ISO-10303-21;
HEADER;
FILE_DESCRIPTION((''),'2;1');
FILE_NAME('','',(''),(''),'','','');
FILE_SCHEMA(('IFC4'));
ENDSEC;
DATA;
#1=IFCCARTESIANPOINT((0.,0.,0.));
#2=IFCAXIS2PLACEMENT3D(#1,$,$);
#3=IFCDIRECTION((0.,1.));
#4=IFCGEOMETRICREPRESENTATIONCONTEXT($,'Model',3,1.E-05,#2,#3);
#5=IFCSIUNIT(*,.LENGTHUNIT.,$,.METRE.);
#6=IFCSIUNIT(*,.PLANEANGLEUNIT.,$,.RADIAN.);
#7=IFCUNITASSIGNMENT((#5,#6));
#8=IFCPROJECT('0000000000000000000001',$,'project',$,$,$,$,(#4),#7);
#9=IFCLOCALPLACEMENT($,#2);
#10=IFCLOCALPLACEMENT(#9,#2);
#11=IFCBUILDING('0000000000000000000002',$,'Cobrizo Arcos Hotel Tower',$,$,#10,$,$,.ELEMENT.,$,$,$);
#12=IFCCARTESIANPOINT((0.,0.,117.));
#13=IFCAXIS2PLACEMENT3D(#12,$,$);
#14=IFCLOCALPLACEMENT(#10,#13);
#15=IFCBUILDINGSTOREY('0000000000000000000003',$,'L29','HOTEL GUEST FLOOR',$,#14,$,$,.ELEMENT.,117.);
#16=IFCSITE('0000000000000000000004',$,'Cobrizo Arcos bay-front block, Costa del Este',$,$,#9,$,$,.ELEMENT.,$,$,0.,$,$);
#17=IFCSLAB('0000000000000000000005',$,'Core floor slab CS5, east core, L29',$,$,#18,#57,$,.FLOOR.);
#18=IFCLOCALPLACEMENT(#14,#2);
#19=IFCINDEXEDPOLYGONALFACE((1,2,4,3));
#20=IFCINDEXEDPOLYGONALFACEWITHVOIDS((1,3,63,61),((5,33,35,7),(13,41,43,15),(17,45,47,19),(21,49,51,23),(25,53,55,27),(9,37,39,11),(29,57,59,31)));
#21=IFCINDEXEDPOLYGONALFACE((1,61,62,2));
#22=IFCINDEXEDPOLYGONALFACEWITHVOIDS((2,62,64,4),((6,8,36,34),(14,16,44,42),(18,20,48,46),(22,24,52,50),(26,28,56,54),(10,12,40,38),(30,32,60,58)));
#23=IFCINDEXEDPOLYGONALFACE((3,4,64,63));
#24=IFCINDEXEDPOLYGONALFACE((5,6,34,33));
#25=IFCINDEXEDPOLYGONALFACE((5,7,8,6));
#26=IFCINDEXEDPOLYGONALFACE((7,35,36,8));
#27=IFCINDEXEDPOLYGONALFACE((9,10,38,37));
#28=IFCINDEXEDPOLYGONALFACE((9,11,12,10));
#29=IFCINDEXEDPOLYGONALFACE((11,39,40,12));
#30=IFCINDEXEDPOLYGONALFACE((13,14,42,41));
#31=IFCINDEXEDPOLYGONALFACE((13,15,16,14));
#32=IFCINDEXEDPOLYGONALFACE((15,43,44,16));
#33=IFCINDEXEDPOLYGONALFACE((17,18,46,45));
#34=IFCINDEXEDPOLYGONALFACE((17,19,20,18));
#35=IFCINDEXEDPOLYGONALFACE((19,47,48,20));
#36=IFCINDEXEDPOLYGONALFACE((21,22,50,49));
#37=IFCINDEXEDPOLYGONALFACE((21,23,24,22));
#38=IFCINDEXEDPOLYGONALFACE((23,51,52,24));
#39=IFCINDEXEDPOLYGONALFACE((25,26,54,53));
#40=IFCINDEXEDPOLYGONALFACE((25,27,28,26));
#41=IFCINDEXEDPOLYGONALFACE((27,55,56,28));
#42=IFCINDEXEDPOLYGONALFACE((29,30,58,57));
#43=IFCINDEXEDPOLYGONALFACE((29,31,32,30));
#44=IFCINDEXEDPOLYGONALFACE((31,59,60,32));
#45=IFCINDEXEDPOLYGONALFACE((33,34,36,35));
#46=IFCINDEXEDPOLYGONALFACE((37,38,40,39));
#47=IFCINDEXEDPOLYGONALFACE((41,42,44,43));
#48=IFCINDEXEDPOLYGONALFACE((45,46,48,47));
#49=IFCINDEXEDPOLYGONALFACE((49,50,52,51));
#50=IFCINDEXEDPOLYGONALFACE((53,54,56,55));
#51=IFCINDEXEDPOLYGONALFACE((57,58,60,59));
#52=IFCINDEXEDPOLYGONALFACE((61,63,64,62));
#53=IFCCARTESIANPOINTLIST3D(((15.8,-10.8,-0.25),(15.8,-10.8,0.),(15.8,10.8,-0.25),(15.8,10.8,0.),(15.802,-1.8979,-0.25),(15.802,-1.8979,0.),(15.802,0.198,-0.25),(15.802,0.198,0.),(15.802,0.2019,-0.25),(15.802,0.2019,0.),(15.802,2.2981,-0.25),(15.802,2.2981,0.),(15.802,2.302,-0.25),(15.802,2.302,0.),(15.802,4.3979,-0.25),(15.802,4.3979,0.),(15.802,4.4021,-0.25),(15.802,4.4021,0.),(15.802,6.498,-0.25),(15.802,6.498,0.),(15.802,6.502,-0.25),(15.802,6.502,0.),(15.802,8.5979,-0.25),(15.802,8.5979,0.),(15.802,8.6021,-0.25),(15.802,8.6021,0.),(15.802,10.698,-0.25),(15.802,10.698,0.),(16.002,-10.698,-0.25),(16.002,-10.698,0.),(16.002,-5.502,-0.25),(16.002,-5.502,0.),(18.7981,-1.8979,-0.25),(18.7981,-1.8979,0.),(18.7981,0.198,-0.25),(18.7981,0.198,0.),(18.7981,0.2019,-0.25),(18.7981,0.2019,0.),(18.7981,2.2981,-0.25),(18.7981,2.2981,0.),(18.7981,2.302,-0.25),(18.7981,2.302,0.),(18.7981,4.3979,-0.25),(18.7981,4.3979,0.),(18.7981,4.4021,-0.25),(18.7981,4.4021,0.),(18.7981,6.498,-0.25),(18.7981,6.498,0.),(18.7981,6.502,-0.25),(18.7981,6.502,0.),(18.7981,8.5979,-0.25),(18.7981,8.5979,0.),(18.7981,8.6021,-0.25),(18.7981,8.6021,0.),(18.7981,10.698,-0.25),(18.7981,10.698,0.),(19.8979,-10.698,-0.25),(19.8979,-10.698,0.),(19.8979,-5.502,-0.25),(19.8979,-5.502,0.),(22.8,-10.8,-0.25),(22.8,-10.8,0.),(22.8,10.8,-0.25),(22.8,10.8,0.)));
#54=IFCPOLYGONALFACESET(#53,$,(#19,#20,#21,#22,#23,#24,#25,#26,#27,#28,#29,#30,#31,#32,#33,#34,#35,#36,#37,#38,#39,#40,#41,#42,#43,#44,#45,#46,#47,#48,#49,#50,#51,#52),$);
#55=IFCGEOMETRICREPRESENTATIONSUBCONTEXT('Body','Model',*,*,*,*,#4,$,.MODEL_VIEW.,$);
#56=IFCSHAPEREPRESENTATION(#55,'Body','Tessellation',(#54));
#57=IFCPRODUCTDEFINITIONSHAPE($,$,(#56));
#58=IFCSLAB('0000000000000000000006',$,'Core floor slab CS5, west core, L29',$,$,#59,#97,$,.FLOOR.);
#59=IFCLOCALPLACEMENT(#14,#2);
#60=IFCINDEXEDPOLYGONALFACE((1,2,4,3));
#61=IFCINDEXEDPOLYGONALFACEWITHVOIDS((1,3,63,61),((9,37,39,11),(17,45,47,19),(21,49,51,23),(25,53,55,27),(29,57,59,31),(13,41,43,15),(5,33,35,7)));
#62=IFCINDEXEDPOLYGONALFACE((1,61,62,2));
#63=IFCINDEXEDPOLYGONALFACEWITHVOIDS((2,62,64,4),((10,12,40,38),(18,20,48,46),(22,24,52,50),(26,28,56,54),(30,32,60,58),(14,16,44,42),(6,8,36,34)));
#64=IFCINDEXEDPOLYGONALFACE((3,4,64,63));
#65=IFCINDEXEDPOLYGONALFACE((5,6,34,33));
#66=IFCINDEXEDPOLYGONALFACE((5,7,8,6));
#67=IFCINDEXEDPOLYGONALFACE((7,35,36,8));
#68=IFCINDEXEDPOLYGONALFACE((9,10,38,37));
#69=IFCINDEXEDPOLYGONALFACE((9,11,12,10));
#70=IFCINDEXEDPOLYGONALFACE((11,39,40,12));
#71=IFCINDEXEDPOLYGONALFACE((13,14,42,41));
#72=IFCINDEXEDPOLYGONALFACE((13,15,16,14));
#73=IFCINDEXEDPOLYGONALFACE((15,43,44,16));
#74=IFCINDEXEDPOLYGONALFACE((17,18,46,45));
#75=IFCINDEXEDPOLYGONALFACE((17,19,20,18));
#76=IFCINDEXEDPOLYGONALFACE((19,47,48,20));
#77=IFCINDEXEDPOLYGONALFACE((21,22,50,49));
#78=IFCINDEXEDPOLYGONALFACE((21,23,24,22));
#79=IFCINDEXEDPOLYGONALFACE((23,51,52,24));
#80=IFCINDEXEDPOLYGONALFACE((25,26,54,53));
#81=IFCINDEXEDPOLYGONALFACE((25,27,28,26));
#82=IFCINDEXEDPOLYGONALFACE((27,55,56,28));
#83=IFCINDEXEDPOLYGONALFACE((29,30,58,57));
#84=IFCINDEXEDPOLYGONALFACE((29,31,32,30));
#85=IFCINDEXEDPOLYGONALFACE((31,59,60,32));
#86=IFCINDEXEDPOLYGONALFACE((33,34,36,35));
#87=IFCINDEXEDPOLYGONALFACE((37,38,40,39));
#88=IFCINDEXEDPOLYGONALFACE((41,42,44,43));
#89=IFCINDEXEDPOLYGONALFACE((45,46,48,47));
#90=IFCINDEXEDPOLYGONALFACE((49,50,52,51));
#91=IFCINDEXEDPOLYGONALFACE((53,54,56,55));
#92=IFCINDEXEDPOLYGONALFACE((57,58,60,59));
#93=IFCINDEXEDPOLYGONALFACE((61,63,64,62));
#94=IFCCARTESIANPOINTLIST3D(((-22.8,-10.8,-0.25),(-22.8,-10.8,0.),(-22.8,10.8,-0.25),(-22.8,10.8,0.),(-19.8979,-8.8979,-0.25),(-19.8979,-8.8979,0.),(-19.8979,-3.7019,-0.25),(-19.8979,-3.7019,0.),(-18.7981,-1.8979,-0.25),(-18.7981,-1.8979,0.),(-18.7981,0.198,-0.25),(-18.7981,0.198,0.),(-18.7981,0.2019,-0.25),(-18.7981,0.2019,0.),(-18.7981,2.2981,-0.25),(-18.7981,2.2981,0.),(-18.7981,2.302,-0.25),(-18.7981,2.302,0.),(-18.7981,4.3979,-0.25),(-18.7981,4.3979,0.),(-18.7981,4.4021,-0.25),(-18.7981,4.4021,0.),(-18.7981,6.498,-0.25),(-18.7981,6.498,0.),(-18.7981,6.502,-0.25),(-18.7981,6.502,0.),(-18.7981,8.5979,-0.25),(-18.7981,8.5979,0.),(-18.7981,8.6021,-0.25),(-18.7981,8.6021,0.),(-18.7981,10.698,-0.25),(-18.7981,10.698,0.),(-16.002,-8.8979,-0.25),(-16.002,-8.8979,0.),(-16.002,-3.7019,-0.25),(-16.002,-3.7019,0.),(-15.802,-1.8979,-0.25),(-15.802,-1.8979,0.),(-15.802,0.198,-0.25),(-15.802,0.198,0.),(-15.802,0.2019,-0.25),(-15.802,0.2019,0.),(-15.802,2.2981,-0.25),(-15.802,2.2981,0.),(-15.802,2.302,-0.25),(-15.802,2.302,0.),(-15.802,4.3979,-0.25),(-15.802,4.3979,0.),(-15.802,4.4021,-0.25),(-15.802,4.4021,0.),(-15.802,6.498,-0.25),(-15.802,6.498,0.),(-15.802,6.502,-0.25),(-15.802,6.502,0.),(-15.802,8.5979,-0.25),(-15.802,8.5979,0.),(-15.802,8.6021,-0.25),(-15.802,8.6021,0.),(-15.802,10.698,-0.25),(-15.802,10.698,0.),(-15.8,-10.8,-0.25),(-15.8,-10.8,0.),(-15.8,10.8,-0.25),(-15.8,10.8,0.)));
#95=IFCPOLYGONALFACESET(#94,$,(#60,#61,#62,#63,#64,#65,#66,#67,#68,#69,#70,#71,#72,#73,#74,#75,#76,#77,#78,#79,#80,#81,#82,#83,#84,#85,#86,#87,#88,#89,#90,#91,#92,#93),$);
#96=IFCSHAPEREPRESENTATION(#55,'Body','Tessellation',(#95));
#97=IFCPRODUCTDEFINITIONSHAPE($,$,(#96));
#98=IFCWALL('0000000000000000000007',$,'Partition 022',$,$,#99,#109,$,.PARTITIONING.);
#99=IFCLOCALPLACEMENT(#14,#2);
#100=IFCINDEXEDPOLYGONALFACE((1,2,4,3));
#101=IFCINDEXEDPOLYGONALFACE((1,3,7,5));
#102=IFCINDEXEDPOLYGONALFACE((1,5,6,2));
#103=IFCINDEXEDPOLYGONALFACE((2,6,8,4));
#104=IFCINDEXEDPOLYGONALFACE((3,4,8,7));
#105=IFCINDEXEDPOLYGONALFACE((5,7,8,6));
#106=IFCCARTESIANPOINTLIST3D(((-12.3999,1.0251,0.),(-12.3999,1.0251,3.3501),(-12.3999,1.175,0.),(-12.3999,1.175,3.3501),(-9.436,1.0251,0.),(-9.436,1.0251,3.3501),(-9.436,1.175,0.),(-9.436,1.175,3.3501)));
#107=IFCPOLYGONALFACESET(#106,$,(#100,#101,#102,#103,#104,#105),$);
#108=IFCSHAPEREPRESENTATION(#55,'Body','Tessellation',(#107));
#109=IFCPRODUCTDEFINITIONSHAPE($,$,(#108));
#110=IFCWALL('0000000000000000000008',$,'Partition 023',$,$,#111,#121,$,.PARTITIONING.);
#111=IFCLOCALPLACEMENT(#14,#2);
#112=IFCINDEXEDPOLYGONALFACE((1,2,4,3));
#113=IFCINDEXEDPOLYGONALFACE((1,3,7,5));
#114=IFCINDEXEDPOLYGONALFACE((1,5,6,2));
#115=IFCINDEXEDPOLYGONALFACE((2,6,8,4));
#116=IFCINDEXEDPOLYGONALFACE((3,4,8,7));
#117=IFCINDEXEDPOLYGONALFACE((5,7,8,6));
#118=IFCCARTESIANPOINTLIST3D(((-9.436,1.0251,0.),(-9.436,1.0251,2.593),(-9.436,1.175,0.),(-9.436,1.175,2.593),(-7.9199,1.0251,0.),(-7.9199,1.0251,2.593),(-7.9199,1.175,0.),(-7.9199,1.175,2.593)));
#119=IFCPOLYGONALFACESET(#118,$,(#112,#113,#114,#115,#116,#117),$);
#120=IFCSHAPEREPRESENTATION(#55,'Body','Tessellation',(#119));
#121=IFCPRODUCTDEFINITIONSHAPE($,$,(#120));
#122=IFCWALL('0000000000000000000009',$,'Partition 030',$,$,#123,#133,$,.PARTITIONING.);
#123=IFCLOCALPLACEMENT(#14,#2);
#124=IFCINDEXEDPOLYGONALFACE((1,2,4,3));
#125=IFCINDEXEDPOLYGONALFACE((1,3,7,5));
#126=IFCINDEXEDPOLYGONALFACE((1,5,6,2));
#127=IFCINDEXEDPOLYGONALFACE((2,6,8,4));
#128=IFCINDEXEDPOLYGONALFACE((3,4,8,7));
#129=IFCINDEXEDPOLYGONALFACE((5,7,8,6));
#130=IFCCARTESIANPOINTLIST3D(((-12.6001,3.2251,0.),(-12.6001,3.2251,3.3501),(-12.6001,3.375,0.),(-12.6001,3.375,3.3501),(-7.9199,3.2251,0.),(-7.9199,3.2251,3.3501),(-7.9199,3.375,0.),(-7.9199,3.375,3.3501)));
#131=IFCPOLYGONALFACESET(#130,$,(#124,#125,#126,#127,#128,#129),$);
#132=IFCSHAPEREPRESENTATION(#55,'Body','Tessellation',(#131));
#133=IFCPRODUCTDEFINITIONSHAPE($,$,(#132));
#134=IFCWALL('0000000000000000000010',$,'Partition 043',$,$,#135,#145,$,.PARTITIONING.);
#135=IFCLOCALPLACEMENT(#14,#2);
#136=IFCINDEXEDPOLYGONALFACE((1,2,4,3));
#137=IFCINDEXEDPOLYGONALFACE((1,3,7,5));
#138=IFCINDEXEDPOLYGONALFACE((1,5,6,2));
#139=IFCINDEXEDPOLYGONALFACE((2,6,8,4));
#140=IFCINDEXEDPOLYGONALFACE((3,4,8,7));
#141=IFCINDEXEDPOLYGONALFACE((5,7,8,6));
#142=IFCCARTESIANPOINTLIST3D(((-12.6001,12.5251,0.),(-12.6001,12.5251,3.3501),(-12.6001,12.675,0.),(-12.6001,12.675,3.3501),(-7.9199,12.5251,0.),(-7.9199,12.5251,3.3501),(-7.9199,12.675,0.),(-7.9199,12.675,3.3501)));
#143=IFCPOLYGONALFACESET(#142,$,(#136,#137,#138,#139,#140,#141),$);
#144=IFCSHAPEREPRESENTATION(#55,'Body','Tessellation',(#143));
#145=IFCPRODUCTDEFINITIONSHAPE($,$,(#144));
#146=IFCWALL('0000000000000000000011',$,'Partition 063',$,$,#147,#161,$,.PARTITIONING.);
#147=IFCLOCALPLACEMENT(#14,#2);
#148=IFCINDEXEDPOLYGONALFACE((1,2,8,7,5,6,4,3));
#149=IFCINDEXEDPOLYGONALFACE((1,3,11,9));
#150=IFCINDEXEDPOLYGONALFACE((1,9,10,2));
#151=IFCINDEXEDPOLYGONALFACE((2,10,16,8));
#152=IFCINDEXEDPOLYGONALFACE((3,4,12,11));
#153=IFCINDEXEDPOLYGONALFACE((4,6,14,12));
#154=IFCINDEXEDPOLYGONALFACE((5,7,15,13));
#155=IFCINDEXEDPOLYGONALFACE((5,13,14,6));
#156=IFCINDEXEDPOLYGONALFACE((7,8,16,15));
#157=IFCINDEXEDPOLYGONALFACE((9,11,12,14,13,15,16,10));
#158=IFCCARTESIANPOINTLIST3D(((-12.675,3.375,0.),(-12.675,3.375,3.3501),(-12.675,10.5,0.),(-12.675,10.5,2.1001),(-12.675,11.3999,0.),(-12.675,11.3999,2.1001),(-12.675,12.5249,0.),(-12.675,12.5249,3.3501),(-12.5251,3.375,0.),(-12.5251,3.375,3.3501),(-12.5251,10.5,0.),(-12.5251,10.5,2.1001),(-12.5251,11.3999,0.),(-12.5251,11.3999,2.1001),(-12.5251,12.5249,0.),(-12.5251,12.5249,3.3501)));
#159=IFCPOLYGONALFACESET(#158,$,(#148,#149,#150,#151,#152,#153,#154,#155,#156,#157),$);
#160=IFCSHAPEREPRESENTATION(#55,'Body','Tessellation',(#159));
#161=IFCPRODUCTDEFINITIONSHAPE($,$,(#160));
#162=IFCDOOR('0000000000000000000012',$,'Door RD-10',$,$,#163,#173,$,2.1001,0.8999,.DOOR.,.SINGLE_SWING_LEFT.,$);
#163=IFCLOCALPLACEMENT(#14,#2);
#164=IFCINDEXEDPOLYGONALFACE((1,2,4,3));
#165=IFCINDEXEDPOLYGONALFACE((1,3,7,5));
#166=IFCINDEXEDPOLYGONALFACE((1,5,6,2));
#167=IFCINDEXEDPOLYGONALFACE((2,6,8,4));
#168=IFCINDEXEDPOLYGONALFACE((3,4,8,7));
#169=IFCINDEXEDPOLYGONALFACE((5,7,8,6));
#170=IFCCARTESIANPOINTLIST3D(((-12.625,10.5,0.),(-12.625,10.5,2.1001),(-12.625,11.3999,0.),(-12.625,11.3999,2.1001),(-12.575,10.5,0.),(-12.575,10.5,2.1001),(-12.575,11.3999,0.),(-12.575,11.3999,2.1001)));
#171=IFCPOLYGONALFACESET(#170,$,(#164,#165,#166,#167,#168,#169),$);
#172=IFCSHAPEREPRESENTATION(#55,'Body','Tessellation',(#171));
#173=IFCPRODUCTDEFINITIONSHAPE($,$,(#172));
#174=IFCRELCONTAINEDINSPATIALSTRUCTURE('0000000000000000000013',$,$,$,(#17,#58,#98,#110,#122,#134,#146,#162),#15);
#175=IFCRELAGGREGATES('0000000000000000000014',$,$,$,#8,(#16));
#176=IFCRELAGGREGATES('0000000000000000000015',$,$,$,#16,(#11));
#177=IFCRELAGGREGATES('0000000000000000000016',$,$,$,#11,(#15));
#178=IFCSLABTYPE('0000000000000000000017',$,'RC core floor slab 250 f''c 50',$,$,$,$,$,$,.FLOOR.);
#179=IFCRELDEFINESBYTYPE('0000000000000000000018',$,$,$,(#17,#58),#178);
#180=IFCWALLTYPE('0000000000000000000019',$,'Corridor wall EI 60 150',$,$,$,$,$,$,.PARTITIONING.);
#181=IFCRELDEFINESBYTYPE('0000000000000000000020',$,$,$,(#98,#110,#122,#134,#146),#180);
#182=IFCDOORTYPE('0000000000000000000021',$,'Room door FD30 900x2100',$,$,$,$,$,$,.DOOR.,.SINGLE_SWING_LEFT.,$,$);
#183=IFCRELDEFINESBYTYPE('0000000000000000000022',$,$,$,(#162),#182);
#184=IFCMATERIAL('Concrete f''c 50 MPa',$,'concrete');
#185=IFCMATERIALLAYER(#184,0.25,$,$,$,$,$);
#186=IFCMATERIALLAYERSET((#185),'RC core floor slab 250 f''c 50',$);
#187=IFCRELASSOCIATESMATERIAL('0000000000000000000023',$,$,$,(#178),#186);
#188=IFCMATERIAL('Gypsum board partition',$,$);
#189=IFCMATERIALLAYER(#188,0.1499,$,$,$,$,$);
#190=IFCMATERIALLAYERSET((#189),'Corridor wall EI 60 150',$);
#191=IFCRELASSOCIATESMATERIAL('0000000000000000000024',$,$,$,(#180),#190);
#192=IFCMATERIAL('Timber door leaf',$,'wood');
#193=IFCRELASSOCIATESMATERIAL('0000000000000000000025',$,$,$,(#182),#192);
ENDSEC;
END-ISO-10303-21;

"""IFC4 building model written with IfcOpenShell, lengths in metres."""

from ifc_helpers import new_model, si_unit, direction, frame, frame_2d, origin, place, context, subcontext, project, spatial, polyline, rectangle, outline, extrude, material, layer, layer_set, type_object, element, fill, save


model = new_model("IFC4")

# Units and contexts
model_context = context("Model", 3, precision=1e-05, world=origin(), true_north=direction((0.0, 1.0)))
body_context = subcontext(model_context, "Body", "Model", "MODEL_VIEW")
ifc_project = project(units=[si_unit("LENGTHUNIT", "METRE"), si_unit("PLANEANGLEUNIT", "RADIAN")], contexts=[model_context])

# Site, building, storey
site_placement = place(None, origin())
site = spatial("IfcSite", under=ifc_project, at=site_placement, Name="Cobrizo Arcos bay-front block, Costa del Este", CompositionType="ELEMENT", RefElevation=0.0)
building_placement = place(site_placement, origin())
building = spatial("IfcBuilding", under=site, at=building_placement, Name="Cobrizo Arcos Hotel Tower", CompositionType="ELEMENT")
storey_placement = place(building_placement, frame((0.0, 0.0, 117.0)))
storey = spatial("IfcBuildingStorey", under=building, at=storey_placement, Name="L29", Description="HOTEL GUEST FLOOR", CompositionType="ELEMENT", Elevation=117.0)

# Slabs
ifc_material_1 = material(Name="Concrete f'c 50 MPa", Category="concrete")
ifc_layer_1 = layer(ifc_material_1, 0.25)
ifc_layer_set_1 = layer_set([ifc_layer_1], Name="RC core floor slab 250 f'c 50")
slab_type_1 = type_object("IfcSlabType", Name="RC core floor slab 250 f'c 50", PredefinedType="FLOOR", material=ifc_layer_set_1)
slab_1_placement = place(storey_placement, frame((0.0, 0.0, -0.25)))
element("IfcSlab", 1, at=slab_1_placement, inside=storey, type_object=slab_type_1, Name="Core floor slab CS5, east core, L29", PredefinedType="FLOOR", context=body_context, shape_type="SweptSolid", body=[
    extrude(outline(polyline([(15.8, 10.8), (22.8, 10.8), (22.8, -10.8), (15.8, -10.8), (15.8, 10.8)]), holes=[polyline([(19.8979, -10.698), (19.8979, -5.502), (16.002, -5.502), (16.002, -10.698), (19.8979, -10.698)]), polyline([(15.802, 0.198), (15.802, -1.8979), (18.7981, -1.8979), (18.7981, 0.198), (15.802, 0.198)]), polyline([(18.7981, 2.2981), (15.802, 2.2981), (15.802, 0.2019), (18.7981, 0.2019), (18.7981, 2.2981)]), polyline([(18.7981, 4.3979), (15.802, 4.3979), (15.802, 2.302), (18.7981, 2.302), (18.7981, 4.3979)]), polyline([(15.802, 6.498), (15.802, 4.4021), (18.7981, 4.4021), (18.7981, 6.498), (15.802, 6.498)]), polyline([(18.7981, 8.5979), (15.802, 8.5979), (15.802, 6.502), (18.7981, 6.502), (18.7981, 8.5979)]), polyline([(18.7981, 10.698), (15.802, 10.698), (15.802, 8.6021), (18.7981, 8.6021), (18.7981, 10.698)])]), origin(), (0.0, 0.0, 1.0), 0.25),
])
slab_2_placement = place(storey_placement, frame((0.0, 0.0, -0.25)))
element("IfcSlab", 2, at=slab_2_placement, inside=storey, type_object=slab_type_1, Name="Core floor slab CS5, west core, L29", PredefinedType="FLOOR", context=body_context, shape_type="SweptSolid", body=[
    extrude(outline(polyline([(-22.8, 10.8), (-15.8, 10.8), (-15.8, -10.8), (-22.8, -10.8), (-22.8, 10.8)]), holes=[polyline([(-19.8979, -3.7019), (-19.8979, -8.8979), (-16.002, -8.8979), (-16.002, -3.7019), (-19.8979, -3.7019)]), polyline([(-18.7981, 0.198), (-18.7981, -1.8979), (-15.802, -1.8979), (-15.802, 0.198), (-18.7981, 0.198)]), polyline([(-15.802, 2.2981), (-18.7981, 2.2981), (-18.7981, 0.2019), (-15.802, 0.2019), (-15.802, 2.2981)]), polyline([(-15.802, 4.3979), (-18.7981, 4.3979), (-18.7981, 2.302), (-15.802, 2.302), (-15.802, 4.3979)]), polyline([(-18.7981, 6.498), (-18.7981, 4.4021), (-15.802, 4.4021), (-15.802, 6.498), (-18.7981, 6.498)]), polyline([(-15.802, 8.5979), (-18.7981, 8.5979), (-18.7981, 6.502), (-15.802, 6.502), (-15.802, 8.5979)]), polyline([(-15.802, 10.698), (-18.7981, 10.698), (-18.7981, 8.6021), (-15.802, 8.6021), (-15.802, 10.698)])]), origin(), (0.0, 0.0, 1.0), 0.25),
])

# Walls
ifc_material_2 = material(Name="Gypsum board partition")
ifc_layer_2 = layer(ifc_material_2, 0.1499)
ifc_layer_set_2 = layer_set([ifc_layer_2], Name="Corridor wall EI 60 150")
wall_type_1 = type_object("IfcWallType", Name="Corridor wall EI 60 150", PredefinedType="PARTITIONING", material=ifc_layer_set_2)
wall_1_placement = place(storey_placement, frame((-12.3999, 1.1001, 0.0), z_axis=(0.0, 0.0, 1.0), x_axis=(1.0, 0.0, 0.0)))
element("IfcWall", 3, at=wall_1_placement, inside=storey, type_object=wall_type_1, Name="Partition 022", PredefinedType="PARTITIONING", context=body_context, shape_type="SweptSolid", body=[
    extrude(rectangle(XDim=2.9639, YDim=0.1499, at=frame_2d((1.4819, 0.0))), origin(), (0.0, 0.0, 1.0), 3.3501),
])
wall_2_placement = place(storey_placement, frame((-9.436, 1.1001, 0.0), z_axis=(0.0, 0.0, 1.0), x_axis=(1.0, 0.0, 0.0)))
element("IfcWall", 4, at=wall_2_placement, inside=storey, type_object=wall_type_1, Name="Partition 023", PredefinedType="PARTITIONING", context=body_context, shape_type="SweptSolid", body=[
    extrude(rectangle(XDim=1.5161, YDim=0.1499, at=frame_2d((0.7581, 0.0))), origin(), (0.0, 0.0, 1.0), 2.593),
])
for number, where, z_axis, x_axis, name in (
    (5, (-12.6001, 3.3, 0.0), (0.0, 0.0, 1.0), (1.0, 0.0, 0.0), "Partition 030"),
    (6, (-12.6001, 12.6001, 0.0), (0.0, 0.0, 1.0), (1.0, 0.0, 0.0), "Partition 043"),
):
    element("IfcWall", number, at=place(storey_placement, frame(where, z_axis=z_axis, x_axis=x_axis)), inside=storey, type_object=wall_type_1, Name=name, PredefinedType="PARTITIONING", context=body_context, shape_type="SweptSolid", body=[
        extrude(rectangle(XDim=4.6802, YDim=0.1499, at=frame_2d((2.3401, 0.0))), origin(), (0.0, 0.0, 1.0), 3.3501),
    ])

# Wall, opening, door
wall_3_placement = place(storey_placement, frame((-12.6001, 3.375, 0.0), z_axis=(0.0, 0.0, 1.0), x_axis=(0.0, 1.0, 0.0)))
wall_3 = element("IfcWall", 7, at=wall_3_placement, inside=storey, type_object=wall_type_1, Name="Partition 063", PredefinedType="PARTITIONING", context=body_context, shape_type="SweptSolid", body=[
    extrude(rectangle(XDim=9.1499, YDim=0.1499, at=frame_2d((4.575, 0.0))), origin(), (0.0, 0.0, 1.0), 3.3501),
])
opening_1_placement = place(wall_3_placement, frame((7.125, 0.0, 0.0)))
opening_1 = element("IfcOpeningElement", 8, at=opening_1_placement, cuts=wall_3, PredefinedType="OPENING", context=body_context, shape_type="SweptSolid", body=[
    extrude(rectangle(XDim=0.8999, YDim=2.1001, at=frame_2d((0.45, 1.05))), frame((0.0, 0.0869, 0.0), z_axis=(0.0, -1.0, 0.0), x_axis=(1.0, 0.0, 0.0)), (0.0, 0.0, 1.0), 0.1738),
])
ifc_material_3 = material(Name="Timber door leaf", Category="wood")
door_type_1 = type_object("IfcDoorType", Name="Room door FD30 900x2100", OperationType="SINGLE_SWING_LEFT", PredefinedType="DOOR", material=ifc_material_3)
door_1_placement = place(opening_1_placement, origin())
door_1 = element("IfcDoor", 9, at=door_1_placement, inside=storey, type_object=door_type_1, Name="Door RD-10", OperationType="SINGLE_SWING_LEFT", OverallHeight=2.1001, OverallWidth=0.8999, PredefinedType="DOOR", context=body_context, shape_type="SweptSolid", body=[
    extrude(rectangle(XDim=0.8999, YDim=2.1001, at=frame_2d((0.45, 1.05))), frame((0.0, 0.0249, 0.0), z_axis=(0.0, -1.0, 0.0), x_axis=(1.0, 0.0, 0.0)), (0.0, 0.0, 1.0), 0.05),
])
fill(opening_1, door_1)

save(model, "model.ifc")
